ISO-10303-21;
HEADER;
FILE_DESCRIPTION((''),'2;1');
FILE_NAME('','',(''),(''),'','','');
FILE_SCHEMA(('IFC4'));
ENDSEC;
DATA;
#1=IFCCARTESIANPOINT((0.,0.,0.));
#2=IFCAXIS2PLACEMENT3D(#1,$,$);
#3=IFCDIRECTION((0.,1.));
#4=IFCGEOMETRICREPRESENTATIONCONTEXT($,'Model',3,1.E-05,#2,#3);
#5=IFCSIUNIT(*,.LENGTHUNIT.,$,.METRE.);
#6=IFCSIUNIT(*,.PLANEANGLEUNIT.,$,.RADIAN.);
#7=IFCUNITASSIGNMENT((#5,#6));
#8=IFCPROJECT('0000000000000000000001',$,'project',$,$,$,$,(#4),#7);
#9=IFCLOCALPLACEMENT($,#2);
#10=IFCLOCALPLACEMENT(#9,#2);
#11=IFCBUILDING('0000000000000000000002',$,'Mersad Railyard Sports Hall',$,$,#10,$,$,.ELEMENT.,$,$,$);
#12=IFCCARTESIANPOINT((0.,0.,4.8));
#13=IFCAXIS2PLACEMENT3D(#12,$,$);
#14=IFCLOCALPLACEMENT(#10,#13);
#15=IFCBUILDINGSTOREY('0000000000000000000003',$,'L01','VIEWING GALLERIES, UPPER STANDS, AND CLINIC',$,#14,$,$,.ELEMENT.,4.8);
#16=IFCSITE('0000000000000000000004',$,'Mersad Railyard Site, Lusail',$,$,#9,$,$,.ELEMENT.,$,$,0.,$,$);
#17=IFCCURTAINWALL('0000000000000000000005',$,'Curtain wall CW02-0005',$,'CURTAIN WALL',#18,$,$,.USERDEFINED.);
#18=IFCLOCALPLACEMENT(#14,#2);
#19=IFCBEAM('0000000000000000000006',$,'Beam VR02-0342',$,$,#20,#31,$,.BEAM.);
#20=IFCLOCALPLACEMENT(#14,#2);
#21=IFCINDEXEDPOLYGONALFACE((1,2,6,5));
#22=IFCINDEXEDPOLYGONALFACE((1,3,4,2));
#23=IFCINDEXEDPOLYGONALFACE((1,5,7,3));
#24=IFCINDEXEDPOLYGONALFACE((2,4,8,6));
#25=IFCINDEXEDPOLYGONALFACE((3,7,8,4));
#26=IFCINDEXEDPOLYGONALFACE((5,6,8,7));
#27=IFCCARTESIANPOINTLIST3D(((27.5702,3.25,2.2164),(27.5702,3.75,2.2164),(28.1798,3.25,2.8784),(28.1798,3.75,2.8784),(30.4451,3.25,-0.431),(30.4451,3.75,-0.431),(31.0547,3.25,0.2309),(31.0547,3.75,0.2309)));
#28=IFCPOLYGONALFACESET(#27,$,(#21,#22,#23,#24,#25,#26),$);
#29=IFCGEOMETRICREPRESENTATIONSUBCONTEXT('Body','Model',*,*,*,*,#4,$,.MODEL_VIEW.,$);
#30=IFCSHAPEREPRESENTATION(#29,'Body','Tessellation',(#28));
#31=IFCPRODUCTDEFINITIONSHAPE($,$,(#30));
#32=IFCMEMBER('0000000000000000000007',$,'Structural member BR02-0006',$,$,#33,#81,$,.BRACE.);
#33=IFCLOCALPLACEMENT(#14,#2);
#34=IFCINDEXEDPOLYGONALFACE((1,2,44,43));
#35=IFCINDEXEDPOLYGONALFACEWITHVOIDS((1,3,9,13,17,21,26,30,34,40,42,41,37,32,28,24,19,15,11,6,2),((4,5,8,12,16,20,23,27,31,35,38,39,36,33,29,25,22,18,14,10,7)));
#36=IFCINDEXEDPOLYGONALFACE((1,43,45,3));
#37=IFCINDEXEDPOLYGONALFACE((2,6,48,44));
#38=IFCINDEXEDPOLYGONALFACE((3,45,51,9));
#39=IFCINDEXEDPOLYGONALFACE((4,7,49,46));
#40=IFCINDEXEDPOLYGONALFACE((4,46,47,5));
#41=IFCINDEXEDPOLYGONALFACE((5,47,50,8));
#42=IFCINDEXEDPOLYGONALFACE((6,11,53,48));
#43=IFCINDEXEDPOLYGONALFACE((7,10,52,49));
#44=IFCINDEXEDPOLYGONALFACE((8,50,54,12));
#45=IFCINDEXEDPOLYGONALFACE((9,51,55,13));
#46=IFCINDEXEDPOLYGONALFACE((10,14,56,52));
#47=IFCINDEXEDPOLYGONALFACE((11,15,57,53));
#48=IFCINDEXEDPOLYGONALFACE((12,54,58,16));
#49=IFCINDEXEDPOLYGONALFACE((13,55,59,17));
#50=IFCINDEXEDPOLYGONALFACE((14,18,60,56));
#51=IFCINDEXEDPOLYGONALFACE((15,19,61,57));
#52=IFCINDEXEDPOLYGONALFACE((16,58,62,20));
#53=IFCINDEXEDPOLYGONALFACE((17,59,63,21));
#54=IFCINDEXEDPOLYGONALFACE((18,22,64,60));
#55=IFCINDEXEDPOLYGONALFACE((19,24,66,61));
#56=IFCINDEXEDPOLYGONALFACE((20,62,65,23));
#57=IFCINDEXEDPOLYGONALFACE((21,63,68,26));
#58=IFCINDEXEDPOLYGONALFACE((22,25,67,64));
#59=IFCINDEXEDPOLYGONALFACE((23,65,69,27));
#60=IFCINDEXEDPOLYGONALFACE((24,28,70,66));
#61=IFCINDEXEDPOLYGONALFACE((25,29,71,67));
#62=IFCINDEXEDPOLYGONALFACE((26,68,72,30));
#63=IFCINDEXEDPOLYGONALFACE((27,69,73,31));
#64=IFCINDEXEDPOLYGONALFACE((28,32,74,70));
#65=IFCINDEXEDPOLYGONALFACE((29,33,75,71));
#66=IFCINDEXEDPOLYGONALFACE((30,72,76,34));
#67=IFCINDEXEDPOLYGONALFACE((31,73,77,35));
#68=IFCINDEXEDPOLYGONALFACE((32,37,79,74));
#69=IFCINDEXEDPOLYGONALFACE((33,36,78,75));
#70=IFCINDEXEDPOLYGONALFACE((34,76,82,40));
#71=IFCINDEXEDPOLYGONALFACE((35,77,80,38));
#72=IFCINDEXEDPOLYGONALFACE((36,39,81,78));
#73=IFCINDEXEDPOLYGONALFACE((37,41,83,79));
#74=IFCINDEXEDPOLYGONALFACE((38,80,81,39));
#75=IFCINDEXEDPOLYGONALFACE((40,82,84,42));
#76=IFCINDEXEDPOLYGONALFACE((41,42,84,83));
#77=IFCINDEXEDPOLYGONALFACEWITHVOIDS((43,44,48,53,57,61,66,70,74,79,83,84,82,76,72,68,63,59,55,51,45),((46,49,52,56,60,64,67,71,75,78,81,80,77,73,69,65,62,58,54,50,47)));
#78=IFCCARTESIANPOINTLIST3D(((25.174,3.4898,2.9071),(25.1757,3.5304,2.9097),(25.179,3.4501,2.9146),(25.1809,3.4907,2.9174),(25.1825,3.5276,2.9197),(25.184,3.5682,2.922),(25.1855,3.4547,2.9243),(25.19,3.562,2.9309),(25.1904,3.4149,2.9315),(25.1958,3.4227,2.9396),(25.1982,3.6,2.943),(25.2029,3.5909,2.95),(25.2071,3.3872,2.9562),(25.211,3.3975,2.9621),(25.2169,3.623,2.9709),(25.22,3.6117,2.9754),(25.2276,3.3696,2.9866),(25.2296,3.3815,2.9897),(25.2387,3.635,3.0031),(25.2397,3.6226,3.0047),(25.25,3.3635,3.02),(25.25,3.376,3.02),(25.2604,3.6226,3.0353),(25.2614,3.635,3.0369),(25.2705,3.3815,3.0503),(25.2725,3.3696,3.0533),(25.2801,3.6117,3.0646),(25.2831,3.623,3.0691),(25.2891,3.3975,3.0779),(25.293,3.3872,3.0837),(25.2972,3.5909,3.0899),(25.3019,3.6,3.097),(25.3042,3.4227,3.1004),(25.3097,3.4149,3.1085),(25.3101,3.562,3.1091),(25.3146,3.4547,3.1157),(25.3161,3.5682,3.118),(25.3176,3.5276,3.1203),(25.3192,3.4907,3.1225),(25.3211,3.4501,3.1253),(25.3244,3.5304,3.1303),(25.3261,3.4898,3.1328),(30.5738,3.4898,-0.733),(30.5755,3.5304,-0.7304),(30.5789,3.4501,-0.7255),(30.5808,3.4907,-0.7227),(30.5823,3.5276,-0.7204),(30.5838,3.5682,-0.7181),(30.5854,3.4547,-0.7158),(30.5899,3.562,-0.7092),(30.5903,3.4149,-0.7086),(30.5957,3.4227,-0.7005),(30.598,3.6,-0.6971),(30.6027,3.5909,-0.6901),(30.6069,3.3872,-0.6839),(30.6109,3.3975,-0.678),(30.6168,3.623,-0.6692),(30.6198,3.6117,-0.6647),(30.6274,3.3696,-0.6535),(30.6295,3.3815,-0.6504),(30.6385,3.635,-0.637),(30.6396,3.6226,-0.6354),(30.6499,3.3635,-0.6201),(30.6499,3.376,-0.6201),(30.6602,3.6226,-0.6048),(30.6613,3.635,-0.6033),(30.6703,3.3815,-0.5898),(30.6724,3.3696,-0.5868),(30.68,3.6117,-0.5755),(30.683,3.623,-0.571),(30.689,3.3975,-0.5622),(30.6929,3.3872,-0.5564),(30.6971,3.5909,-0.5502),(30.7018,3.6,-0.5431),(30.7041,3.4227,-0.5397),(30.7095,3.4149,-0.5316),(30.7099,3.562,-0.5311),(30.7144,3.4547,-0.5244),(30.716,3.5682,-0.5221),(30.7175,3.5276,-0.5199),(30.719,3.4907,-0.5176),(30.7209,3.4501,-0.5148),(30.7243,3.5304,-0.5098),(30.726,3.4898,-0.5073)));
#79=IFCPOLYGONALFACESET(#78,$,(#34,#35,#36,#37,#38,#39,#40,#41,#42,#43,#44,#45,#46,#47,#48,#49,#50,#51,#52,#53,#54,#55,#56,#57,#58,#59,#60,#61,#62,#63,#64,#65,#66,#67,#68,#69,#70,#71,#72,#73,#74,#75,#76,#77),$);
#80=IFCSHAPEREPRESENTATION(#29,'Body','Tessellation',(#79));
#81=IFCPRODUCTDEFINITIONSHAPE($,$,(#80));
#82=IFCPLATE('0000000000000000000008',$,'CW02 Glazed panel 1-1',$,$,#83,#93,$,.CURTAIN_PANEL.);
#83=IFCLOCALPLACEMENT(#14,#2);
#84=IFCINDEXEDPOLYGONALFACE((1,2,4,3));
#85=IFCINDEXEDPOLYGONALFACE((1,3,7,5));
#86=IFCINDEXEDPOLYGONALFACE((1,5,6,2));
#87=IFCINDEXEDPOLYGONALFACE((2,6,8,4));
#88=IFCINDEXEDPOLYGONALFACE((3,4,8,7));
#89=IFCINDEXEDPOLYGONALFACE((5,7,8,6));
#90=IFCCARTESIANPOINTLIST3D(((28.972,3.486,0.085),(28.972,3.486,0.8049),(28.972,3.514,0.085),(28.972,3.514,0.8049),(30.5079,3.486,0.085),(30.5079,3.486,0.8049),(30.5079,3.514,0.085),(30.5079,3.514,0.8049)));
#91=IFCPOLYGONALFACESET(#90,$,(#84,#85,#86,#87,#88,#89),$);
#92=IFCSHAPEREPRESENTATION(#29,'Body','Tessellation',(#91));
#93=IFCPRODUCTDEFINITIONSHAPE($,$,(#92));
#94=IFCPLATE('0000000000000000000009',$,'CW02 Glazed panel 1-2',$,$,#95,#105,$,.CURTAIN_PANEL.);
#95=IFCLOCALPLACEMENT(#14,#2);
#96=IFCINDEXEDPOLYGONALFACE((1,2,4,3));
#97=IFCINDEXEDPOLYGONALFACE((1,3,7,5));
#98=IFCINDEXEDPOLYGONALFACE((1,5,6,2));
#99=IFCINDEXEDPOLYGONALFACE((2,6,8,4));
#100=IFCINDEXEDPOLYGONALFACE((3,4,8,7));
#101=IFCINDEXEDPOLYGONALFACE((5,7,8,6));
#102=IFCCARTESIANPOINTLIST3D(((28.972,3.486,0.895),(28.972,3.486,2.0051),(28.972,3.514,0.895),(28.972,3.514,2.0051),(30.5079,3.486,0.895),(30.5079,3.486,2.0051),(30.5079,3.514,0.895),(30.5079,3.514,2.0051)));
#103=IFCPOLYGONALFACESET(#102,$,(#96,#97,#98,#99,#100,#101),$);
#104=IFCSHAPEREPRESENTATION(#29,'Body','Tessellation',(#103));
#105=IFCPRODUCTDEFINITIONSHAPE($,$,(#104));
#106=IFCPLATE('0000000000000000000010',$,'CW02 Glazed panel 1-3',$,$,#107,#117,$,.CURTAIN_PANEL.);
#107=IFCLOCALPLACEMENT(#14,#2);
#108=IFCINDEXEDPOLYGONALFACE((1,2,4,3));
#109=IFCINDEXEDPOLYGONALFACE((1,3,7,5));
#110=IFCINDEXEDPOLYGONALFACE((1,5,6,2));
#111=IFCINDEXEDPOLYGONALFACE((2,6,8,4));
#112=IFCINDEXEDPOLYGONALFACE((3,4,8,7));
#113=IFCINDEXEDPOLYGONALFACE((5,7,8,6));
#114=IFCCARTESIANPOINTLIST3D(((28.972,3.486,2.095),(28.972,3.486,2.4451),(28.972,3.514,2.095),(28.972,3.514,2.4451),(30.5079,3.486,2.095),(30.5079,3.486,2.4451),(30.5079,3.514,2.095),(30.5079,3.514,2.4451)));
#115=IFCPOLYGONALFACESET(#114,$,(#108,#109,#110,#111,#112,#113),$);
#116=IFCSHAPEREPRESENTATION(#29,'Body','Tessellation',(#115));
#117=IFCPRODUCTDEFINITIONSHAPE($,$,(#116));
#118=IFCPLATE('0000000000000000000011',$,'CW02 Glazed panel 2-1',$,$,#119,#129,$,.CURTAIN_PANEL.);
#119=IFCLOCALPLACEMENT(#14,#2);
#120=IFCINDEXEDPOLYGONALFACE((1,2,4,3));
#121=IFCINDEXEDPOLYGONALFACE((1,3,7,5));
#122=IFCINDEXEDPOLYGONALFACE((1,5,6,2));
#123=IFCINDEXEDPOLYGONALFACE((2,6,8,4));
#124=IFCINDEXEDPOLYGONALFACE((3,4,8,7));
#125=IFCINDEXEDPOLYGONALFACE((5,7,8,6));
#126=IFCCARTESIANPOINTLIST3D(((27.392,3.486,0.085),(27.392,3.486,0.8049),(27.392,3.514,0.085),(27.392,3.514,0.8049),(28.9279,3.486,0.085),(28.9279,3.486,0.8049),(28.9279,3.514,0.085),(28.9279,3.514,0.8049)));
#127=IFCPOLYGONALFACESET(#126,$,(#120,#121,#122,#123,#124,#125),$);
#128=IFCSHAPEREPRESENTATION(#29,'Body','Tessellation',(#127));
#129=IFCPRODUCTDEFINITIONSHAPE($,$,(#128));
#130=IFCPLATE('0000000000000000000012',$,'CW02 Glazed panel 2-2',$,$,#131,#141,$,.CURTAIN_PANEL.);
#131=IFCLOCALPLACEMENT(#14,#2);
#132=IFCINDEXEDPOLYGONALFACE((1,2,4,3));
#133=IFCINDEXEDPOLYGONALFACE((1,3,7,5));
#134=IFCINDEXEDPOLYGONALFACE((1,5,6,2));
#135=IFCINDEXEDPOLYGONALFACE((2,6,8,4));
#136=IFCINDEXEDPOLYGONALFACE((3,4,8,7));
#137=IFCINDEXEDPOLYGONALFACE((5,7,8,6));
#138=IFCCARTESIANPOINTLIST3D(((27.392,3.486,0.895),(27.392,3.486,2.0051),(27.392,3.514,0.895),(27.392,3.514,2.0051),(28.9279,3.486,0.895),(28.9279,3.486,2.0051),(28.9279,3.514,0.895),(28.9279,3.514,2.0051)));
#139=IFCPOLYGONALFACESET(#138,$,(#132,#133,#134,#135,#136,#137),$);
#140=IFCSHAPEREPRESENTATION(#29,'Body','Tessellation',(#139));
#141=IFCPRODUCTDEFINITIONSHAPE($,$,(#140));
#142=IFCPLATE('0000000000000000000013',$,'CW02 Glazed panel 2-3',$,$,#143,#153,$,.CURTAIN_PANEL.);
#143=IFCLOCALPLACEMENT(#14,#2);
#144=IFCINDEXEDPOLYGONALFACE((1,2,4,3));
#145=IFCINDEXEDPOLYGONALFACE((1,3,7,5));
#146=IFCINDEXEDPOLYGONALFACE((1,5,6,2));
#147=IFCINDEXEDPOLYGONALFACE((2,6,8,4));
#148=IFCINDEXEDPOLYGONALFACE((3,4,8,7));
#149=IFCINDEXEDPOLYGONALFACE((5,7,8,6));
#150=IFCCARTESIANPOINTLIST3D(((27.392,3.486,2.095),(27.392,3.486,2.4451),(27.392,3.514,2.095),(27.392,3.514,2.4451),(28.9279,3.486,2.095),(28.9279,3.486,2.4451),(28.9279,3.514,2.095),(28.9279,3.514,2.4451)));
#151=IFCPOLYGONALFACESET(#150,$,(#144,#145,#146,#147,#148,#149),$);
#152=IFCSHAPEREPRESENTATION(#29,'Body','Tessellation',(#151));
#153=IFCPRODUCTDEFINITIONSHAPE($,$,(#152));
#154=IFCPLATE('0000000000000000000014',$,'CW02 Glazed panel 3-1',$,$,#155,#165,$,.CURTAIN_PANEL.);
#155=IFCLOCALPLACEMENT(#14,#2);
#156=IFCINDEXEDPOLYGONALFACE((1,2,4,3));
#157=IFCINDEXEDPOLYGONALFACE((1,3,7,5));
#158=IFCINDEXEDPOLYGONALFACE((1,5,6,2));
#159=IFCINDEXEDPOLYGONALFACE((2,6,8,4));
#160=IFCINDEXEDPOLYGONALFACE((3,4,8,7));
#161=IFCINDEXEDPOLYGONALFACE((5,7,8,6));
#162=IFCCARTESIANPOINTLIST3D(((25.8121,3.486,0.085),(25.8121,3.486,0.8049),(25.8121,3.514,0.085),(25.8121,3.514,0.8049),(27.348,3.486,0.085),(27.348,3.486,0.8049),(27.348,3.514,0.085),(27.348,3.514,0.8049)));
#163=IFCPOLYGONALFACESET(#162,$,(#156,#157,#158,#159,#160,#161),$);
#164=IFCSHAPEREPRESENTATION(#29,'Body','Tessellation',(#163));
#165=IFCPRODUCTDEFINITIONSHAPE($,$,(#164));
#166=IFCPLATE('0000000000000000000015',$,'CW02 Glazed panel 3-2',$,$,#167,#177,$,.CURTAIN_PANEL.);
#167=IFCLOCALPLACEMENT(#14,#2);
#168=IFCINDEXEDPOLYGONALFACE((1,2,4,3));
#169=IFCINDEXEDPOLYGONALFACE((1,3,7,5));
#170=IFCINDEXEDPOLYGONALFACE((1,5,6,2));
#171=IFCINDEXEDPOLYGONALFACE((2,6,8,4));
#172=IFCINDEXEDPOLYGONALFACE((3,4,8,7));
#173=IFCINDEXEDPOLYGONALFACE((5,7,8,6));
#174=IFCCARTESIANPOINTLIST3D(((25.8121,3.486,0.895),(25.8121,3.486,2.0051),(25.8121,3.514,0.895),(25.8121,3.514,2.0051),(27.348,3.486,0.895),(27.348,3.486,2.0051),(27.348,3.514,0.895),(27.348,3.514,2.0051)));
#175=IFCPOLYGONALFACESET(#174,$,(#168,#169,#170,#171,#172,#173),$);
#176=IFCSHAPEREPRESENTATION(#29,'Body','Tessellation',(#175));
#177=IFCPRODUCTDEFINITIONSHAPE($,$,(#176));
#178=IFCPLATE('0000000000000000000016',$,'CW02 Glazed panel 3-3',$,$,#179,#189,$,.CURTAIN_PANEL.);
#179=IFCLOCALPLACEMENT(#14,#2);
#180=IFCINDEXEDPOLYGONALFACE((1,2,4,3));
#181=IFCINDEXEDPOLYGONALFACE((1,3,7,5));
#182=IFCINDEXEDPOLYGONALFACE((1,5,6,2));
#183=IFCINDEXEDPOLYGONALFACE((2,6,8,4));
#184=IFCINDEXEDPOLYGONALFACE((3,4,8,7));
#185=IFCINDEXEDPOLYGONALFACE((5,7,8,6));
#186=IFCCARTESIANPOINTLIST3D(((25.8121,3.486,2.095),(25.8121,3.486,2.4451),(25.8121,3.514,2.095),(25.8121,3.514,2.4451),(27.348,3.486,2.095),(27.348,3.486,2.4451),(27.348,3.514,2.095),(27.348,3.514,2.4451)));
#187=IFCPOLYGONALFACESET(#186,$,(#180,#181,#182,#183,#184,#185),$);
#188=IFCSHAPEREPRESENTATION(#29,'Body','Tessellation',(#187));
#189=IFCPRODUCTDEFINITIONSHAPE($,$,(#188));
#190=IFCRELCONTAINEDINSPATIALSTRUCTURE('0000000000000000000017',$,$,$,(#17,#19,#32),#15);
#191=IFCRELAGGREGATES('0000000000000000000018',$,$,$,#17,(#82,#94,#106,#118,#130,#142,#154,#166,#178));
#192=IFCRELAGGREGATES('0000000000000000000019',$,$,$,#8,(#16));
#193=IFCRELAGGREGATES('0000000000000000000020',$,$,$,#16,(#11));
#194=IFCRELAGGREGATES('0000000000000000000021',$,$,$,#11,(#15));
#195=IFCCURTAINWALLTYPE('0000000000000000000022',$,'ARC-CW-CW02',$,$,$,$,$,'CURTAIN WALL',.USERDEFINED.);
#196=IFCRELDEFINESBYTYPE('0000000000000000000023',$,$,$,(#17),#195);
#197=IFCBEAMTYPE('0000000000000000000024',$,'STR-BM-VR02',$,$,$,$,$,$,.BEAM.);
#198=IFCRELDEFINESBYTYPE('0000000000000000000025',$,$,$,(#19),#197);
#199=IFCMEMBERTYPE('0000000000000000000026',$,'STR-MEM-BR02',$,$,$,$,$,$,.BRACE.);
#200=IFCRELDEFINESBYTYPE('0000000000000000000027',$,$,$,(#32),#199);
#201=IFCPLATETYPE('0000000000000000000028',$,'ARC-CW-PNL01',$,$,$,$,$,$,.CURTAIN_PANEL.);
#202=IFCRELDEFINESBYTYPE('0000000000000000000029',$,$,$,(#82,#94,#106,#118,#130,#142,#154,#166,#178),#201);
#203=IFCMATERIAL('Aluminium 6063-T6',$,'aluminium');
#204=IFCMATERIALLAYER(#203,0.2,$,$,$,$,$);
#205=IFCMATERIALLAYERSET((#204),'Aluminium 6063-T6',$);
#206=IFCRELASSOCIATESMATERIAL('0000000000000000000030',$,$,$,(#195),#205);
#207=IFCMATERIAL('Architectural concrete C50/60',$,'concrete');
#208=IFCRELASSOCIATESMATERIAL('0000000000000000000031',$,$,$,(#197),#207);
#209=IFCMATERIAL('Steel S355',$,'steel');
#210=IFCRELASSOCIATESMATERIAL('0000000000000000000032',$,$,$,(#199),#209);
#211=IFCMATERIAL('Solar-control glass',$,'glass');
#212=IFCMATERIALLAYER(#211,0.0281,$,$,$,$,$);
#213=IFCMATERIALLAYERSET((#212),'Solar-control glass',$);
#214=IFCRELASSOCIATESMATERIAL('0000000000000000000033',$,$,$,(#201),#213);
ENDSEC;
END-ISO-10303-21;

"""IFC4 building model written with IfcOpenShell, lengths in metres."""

from ifc_helpers import new_model, si_unit, direction, frame, origin, origin_2d, place, context, subcontext, project, spatial, rectangle, hollow_circle, extrude, material, layer, layer_set, material_profile, profile_set, type_object, element, aggregate, save


model = new_model("IFC4")

# Units and contexts
model_context = context("Model", 3, precision=1e-05, world=origin(), true_north=direction((0.0, 1.0)))
body_context = subcontext(model_context, "Body", "Model", "MODEL_VIEW")
ifc_project = project(units=[si_unit("LENGTHUNIT", "METRE"), si_unit("PLANEANGLEUNIT", "RADIAN")], contexts=[model_context])

# Site, building, storey
site_placement = place(None, origin())
site = spatial("IfcSite", under=ifc_project, at=site_placement, Name="Mersad Railyard Site, Lusail", CompositionType="ELEMENT", RefElevation=0.0)
building_placement = place(site_placement, origin())
building = spatial("IfcBuilding", under=site, at=building_placement, Name="Mersad Railyard Sports Hall", CompositionType="ELEMENT")
storey_placement = place(building_placement, frame((0.0, 0.0, 4.8)))
storey = spatial("IfcBuildingStorey", under=building, at=storey_placement, Name="L01", Description="VIEWING GALLERIES, UPPER STANDS, AND CLINIC", CompositionType="ELEMENT", Elevation=4.8)

# Shared definitions
ifc_material_1 = material(Name="Architectural concrete C50/60", Category="concrete")

# Curtain wall
ifc_material_2 = material(Name="Aluminium 6063-T6", Category="aluminium")
ifc_layer_1 = layer(ifc_material_2, 0.2)
ifc_layer_set_1 = layer_set([ifc_layer_1], Name="Aluminium 6063-T6")
curtain_wall_type = type_object("IfcCurtainWallType", Name="ARC-CW-CW02", ElementType="CURTAIN WALL", PredefinedType="USERDEFINED", material=ifc_layer_set_1)
curtain_wall_placement = place(storey_placement, origin())
curtain_wall = element("IfcCurtainWall", 1, at=curtain_wall_placement, inside=storey, type_object=curtain_wall_type, Name="Curtain wall CW02-0005", ObjectType="CURTAIN WALL", PredefinedType="USERDEFINED")

# Beam
ifc_material_profile_1 = material_profile(ifc_material_1, rectangle(XDim=0.5, YDim=0.8999, at=origin_2d()), Name="VR 500x900")
ifc_profile_set_1 = profile_set([ifc_material_profile_1], Name="Architectural concrete C50/60")
beam_type_1 = type_object("IfcBeamType", Name="STR-BM-VR02", PredefinedType="BEAM", material=ifc_profile_set_1)
beam_1_placement = place(storey_placement, frame((27.875, 3.5, 2.5474), z_axis=(0.735617, 0.0, -0.677397), x_axis=(0.0, 1.0, 0.0)))
element("IfcBeam", 2, at=beam_1_placement, inside=storey, type_object=beam_type_1, Name="Beam VR02-0342", PredefinedType="BEAM", context=body_context, shape_type="SweptSolid", body=[
    extrude(rectangle(XDim=0.5, YDim=0.8999, at=origin_2d()), origin(), (0.0, 0.0, 1.0), 3.9082),
])

# Member
ifc_material_3 = material(Name="Steel S355", Category="steel")
ifc_material_profile_2 = material_profile(ifc_material_3, hollow_circle(Radius=0.1365, WallThickness=0.0125, at=origin_2d()), Name="CHS 273x12.5")
ifc_profile_set_2 = profile_set([ifc_material_profile_2], Name="Steel S355")
member_type_1 = type_object("IfcMemberType", Name="STR-MEM-BR02", PredefinedType="BRACE", material=ifc_profile_set_2)
member_1_placement = place(storey_placement, frame((30.6499, 3.5, -0.6201), z_axis=(-0.82919, 0.0, 0.558967), x_axis=(0.0, -1.0, 0.0)))
element("IfcMember", 3, at=member_1_placement, inside=storey, type_object=member_type_1, Name="Structural member BR02-0006", PredefinedType="BRACE", context=body_context, shape_type="SweptSolid", body=[
    extrude(hollow_circle(Radius=0.1365, WallThickness=0.0125, at=origin_2d()), origin(), (0.0, 0.0, 1.0), 6.5122),
])

# Plates
ifc_material_4 = material(Name="Solar-control glass", Category="glass")
ifc_layer_2 = layer(ifc_material_4, 0.0281)
ifc_layer_set_2 = layer_set([ifc_layer_2], Name="Solar-control glass")
plate_type_1 = type_object("IfcPlateType", Name="ARC-CW-PNL01", PredefinedType="CURTAIN_PANEL", material=ifc_layer_set_2)
plate_1_placement = place(storey_placement, frame((29.74, 3.5, 0.085), z_axis=(0.0, 0.0, 1.0), x_axis=(-1.0, 0.0, 0.0)))
plate_1 = element("IfcPlate", 4, at=plate_1_placement, type_object=plate_type_1, Name="CW02 Glazed panel 1-1", PredefinedType="CURTAIN_PANEL", context=body_context, shape_type="SweptSolid", body=[
    extrude(rectangle(XDim=1.5359, YDim=0.0281, at=origin_2d()), origin(), (0.0, 0.0, 1.0), 0.72),
])
plate_2_placement = place(storey_placement, frame((29.74, 3.5, 0.895), z_axis=(0.0, 0.0, 1.0), x_axis=(-1.0, 0.0, 0.0)))
plate_2 = element("IfcPlate", 5, at=plate_2_placement, type_object=plate_type_1, Name="CW02 Glazed panel 1-2", PredefinedType="CURTAIN_PANEL", context=body_context, shape_type="SweptSolid", body=[
    extrude(rectangle(XDim=1.5359, YDim=0.0281, at=origin_2d()), origin(), (0.0, 0.0, 1.0), 1.1101),
])
plate_3_placement = place(storey_placement, frame((29.74, 3.5, 2.095), z_axis=(0.0, 0.0, 1.0), x_axis=(-1.0, 0.0, 0.0)))
plate_3 = element("IfcPlate", 6, at=plate_3_placement, type_object=plate_type_1, Name="CW02 Glazed panel 1-3", PredefinedType="CURTAIN_PANEL", context=body_context, shape_type="SweptSolid", body=[
    extrude(rectangle(XDim=1.5359, YDim=0.0281, at=origin_2d()), origin(), (0.0, 0.0, 1.0), 0.3501),
])
plate_4_placement = place(storey_placement, frame((28.1599, 3.5, 0.085), z_axis=(0.0, 0.0, 1.0), x_axis=(-1.0, 0.0, 0.0)))
plate_4 = element("IfcPlate", 7, at=plate_4_placement, type_object=plate_type_1, Name="CW02 Glazed panel 2-1", PredefinedType="CURTAIN_PANEL", context=body_context, shape_type="SweptSolid", body=[
    extrude(rectangle(XDim=1.5359, YDim=0.0281, at=origin_2d()), origin(), (0.0, 0.0, 1.0), 0.72),
])
plate_5_placement = place(storey_placement, frame((28.1599, 3.5, 0.895), z_axis=(0.0, 0.0, 1.0), x_axis=(-1.0, 0.0, 0.0)))
plate_5 = element("IfcPlate", 8, at=plate_5_placement, type_object=plate_type_1, Name="CW02 Glazed panel 2-2", PredefinedType="CURTAIN_PANEL", context=body_context, shape_type="SweptSolid", body=[
    extrude(rectangle(XDim=1.5359, YDim=0.0281, at=origin_2d()), origin(), (0.0, 0.0, 1.0), 1.1101),
])
plate_6_placement = place(storey_placement, frame((28.1599, 3.5, 2.095), z_axis=(0.0, 0.0, 1.0), x_axis=(-1.0, 0.0, 0.0)))
plate_6 = element("IfcPlate", 9, at=plate_6_placement, type_object=plate_type_1, Name="CW02 Glazed panel 2-3", PredefinedType="CURTAIN_PANEL", context=body_context, shape_type="SweptSolid", body=[
    extrude(rectangle(XDim=1.5359, YDim=0.0281, at=origin_2d()), origin(), (0.0, 0.0, 1.0), 0.3501),
])
plate_7_placement = place(storey_placement, frame((26.5801, 3.5, 0.085), z_axis=(0.0, 0.0, 1.0), x_axis=(-1.0, 0.0, 0.0)))
plate_7 = element("IfcPlate", 10, at=plate_7_placement, type_object=plate_type_1, Name="CW02 Glazed panel 3-1", PredefinedType="CURTAIN_PANEL", context=body_context, shape_type="SweptSolid", body=[
    extrude(rectangle(XDim=1.5359, YDim=0.0281, at=origin_2d()), origin(), (0.0, 0.0, 1.0), 0.72),
])
plate_8_placement = place(storey_placement, frame((26.5801, 3.5, 0.895), z_axis=(0.0, 0.0, 1.0), x_axis=(-1.0, 0.0, 0.0)))
plate_8 = element("IfcPlate", 11, at=plate_8_placement, type_object=plate_type_1, Name="CW02 Glazed panel 3-2", PredefinedType="CURTAIN_PANEL", context=body_context, shape_type="SweptSolid", body=[
    extrude(rectangle(XDim=1.5359, YDim=0.0281, at=origin_2d()), origin(), (0.0, 0.0, 1.0), 1.1101),
])
plate_9_placement = place(storey_placement, frame((26.5801, 3.5, 2.095), z_axis=(0.0, 0.0, 1.0), x_axis=(-1.0, 0.0, 0.0)))
plate_9 = element("IfcPlate", 12, at=plate_9_placement, type_object=plate_type_1, Name="CW02 Glazed panel 3-3", PredefinedType="CURTAIN_PANEL", context=body_context, shape_type="SweptSolid", body=[
    extrude(rectangle(XDim=1.5359, YDim=0.0281, at=origin_2d()), origin(), (0.0, 0.0, 1.0), 0.3501),
])
aggregate(curtain_wall, [plate_1, plate_2, plate_3, plate_4, plate_5, plate_6, plate_7, plate_8, plate_9])

save(model, "model.ifc")
